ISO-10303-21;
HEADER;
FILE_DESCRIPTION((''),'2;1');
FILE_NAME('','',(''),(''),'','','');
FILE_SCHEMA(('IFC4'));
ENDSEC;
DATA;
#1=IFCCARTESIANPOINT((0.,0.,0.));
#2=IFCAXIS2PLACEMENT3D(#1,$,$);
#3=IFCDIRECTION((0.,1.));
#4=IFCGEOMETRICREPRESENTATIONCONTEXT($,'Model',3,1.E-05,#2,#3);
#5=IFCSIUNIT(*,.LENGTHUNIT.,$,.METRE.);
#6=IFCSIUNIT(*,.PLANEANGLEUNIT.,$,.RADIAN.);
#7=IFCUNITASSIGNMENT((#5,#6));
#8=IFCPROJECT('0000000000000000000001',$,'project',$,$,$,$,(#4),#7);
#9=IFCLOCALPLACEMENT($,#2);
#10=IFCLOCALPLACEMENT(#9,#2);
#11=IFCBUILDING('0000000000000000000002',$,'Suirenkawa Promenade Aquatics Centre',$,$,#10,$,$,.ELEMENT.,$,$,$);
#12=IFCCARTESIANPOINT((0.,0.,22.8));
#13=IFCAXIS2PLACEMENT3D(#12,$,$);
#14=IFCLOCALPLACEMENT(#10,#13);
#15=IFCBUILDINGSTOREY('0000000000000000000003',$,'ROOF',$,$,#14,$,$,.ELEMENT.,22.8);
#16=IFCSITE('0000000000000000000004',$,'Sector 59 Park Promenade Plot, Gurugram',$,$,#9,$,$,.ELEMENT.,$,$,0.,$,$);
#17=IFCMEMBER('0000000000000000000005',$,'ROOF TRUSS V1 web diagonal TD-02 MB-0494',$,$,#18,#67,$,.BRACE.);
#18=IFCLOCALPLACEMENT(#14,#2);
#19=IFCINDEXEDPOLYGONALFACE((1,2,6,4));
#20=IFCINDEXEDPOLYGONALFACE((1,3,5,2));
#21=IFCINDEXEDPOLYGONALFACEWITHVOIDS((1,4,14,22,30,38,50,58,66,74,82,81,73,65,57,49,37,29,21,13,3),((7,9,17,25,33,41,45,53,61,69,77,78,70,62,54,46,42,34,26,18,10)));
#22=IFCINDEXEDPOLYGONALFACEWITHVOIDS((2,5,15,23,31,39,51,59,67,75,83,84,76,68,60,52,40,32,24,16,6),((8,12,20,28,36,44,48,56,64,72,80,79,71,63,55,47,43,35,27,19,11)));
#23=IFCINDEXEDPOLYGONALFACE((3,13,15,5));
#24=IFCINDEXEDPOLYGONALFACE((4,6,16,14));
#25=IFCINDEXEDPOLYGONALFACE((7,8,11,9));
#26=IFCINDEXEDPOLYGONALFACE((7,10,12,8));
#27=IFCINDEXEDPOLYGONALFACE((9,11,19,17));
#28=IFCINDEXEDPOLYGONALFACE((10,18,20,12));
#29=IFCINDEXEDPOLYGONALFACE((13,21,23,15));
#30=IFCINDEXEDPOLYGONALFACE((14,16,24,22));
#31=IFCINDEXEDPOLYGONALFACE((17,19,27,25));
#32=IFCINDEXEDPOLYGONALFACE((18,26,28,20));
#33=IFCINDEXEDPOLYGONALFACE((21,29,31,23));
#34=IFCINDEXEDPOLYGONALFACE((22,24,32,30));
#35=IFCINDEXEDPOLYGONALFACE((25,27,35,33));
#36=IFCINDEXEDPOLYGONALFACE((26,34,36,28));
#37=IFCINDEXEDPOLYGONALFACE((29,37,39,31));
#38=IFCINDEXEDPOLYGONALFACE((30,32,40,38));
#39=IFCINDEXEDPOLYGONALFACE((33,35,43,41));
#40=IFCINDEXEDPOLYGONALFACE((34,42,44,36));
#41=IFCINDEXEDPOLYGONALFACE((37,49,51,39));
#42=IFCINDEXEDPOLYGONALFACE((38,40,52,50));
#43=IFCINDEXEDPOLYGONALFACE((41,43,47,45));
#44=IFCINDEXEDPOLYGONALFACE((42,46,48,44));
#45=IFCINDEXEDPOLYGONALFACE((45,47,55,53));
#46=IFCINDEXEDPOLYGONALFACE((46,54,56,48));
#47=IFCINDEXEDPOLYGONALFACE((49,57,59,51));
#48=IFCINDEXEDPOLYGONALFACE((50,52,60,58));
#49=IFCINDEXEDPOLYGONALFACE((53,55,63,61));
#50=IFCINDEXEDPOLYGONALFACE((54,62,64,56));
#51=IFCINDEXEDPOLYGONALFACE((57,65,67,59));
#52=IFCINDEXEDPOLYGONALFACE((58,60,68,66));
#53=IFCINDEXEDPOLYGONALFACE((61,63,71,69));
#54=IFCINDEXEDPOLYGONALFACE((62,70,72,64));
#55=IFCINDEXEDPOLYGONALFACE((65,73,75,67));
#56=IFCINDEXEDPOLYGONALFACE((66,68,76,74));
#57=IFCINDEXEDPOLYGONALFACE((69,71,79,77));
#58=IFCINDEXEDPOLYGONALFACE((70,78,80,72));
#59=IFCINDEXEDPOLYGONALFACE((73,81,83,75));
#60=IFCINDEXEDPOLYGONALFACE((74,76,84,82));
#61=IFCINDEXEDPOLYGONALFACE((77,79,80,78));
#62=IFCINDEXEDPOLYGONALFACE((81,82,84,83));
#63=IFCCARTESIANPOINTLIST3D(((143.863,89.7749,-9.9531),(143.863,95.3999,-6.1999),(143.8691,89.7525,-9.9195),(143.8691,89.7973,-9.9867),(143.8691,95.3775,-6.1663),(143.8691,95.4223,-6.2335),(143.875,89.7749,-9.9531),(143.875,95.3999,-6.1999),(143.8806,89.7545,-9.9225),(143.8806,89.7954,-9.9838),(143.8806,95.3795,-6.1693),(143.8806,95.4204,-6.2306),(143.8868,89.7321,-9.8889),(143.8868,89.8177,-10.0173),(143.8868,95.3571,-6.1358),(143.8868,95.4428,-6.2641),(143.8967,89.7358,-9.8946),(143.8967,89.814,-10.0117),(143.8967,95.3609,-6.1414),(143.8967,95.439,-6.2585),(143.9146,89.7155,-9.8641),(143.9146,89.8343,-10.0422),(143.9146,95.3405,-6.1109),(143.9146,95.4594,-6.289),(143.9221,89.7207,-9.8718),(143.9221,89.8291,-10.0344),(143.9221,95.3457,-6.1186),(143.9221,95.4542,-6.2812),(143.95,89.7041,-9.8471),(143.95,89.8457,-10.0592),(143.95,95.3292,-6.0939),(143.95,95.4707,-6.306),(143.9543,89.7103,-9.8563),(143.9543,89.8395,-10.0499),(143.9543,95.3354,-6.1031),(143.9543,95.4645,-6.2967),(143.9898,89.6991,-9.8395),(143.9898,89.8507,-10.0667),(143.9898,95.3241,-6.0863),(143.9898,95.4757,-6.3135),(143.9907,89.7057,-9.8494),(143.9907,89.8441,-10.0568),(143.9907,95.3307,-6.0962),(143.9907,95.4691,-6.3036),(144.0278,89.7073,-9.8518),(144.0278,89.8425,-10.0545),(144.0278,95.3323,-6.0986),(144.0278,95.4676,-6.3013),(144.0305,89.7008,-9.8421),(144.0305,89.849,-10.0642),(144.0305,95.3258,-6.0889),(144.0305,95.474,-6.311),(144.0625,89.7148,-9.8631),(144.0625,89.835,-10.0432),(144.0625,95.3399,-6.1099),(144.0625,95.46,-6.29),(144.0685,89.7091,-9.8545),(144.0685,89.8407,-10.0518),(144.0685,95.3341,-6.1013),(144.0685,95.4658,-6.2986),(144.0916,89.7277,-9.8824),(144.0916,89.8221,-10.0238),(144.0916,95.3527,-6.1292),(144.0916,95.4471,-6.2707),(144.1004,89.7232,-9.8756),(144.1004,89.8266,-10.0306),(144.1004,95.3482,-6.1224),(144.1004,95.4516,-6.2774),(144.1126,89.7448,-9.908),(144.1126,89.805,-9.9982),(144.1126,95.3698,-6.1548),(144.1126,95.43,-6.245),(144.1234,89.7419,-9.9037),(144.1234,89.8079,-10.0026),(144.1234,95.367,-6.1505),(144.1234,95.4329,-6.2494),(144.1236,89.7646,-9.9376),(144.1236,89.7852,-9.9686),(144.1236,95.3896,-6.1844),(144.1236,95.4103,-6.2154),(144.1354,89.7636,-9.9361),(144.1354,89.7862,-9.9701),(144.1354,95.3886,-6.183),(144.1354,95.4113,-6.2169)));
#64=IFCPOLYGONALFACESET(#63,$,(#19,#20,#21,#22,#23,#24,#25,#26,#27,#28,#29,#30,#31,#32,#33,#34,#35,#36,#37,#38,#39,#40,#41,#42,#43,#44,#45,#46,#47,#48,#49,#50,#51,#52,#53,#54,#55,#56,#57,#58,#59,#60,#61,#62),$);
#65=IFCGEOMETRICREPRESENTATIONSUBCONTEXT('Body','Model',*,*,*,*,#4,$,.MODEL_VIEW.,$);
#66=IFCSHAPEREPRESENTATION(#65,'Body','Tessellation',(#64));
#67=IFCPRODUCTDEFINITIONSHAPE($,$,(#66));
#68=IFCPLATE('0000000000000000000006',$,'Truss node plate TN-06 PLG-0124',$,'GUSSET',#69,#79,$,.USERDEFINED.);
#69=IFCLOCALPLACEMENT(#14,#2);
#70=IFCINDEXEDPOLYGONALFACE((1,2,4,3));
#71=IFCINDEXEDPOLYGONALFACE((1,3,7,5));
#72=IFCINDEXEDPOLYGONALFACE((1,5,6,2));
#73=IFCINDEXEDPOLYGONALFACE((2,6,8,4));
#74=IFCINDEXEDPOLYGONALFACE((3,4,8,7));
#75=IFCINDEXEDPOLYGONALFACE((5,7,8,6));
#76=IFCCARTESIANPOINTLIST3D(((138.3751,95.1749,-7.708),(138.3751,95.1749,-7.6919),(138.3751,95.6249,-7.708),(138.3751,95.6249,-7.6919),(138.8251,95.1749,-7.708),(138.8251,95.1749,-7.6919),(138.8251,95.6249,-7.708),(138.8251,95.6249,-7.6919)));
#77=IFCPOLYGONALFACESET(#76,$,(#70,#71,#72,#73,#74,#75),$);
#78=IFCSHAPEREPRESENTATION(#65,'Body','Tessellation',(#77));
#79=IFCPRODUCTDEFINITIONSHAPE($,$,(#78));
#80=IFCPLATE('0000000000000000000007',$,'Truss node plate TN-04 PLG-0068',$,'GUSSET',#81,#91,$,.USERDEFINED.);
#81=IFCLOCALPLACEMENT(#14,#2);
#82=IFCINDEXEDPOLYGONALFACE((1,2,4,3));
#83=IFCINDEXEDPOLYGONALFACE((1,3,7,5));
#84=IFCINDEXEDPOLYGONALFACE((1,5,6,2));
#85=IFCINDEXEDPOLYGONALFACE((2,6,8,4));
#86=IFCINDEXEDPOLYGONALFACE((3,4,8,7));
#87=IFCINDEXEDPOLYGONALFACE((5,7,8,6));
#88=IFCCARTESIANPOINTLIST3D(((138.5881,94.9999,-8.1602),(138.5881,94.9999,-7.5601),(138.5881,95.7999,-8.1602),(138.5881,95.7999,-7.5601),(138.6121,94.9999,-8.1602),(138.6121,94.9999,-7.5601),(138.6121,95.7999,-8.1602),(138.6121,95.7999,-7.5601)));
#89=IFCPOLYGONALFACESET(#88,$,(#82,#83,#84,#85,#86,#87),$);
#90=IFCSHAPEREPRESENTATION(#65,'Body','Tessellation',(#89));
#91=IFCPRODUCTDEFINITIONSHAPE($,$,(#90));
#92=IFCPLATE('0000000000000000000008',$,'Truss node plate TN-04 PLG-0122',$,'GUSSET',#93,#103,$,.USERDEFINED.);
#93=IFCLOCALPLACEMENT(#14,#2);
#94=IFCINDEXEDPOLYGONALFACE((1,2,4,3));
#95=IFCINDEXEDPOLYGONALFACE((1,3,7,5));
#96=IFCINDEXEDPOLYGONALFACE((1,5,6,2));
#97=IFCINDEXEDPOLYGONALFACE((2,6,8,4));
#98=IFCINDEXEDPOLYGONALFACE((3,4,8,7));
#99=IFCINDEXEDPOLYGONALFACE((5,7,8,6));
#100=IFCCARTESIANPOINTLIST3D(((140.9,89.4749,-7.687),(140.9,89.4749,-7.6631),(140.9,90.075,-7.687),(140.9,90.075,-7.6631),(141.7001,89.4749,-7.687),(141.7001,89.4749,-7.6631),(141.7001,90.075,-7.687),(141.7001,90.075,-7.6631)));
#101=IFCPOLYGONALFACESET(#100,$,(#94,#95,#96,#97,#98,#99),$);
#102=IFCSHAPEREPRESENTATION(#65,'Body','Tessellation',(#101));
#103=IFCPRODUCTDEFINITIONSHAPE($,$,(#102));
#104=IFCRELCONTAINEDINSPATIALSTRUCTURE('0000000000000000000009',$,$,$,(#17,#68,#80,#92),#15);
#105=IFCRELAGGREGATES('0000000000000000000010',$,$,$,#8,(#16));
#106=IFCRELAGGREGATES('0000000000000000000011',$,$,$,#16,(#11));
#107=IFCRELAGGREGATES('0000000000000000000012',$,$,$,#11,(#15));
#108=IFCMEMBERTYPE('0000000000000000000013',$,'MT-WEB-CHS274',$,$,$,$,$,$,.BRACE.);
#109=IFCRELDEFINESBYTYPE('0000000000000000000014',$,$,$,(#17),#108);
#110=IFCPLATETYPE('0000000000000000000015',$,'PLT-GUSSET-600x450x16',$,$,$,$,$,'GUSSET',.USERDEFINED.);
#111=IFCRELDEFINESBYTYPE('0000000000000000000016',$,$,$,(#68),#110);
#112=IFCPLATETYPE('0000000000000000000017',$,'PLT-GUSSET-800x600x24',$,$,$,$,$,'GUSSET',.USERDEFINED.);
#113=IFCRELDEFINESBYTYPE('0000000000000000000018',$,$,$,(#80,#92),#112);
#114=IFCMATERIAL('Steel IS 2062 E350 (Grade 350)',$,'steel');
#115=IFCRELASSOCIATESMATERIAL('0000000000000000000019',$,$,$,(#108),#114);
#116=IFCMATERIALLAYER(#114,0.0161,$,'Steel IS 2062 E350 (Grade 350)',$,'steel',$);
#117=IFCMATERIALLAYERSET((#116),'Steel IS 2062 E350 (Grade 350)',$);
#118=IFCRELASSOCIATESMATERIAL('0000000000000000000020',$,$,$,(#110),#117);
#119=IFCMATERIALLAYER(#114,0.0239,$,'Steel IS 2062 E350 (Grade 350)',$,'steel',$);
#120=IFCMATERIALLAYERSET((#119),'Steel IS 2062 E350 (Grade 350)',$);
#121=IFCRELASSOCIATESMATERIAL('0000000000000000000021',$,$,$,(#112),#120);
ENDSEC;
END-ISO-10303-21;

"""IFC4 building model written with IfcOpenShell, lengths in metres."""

from ifc_helpers import new_model, si_unit, direction, frame, origin, origin_2d, place, context, subcontext, project, spatial, rectangle, hollow_circle, extrude, material, layer, layer_set, material_profile, profile_set, type_object, element, save


model = new_model("IFC4")

# Units and contexts
model_context = context("Model", 3, precision=1e-05, world=origin(), true_north=direction((0.0, 1.0)))
body_context = subcontext(model_context, "Body", "Model", "MODEL_VIEW")
ifc_project = project(units=[si_unit("LENGTHUNIT", "METRE"), si_unit("PLANEANGLEUNIT", "RADIAN")], contexts=[model_context])

# Site, building, storey
site_placement = place(None, origin())
site = spatial("IfcSite", under=ifc_project, at=site_placement, Name="Sector 59 Park Promenade Plot, Gurugram", CompositionType="ELEMENT", RefElevation=0.0)
building_placement = place(site_placement, origin())
building = spatial("IfcBuilding", under=site, at=building_placement, Name="Suirenkawa Promenade Aquatics Centre", CompositionType="ELEMENT")
storey_placement = place(building_placement, frame((0.0, 0.0, 22.8)))
storey = spatial("IfcBuildingStorey", under=building, at=storey_placement, Name="ROOF", CompositionType="ELEMENT", Elevation=22.8)

# Shared definitions
ifc_material = material(Name="Steel IS 2062 E350 (Grade 350)", Category="steel")

# Member
ifc_material_profile_1 = material_profile(ifc_material, hollow_circle(Radius=0.137, WallThickness=0.012, at=origin_2d()), Name="CHS 274x12", Category="steel")
ifc_profile_set_1 = profile_set([ifc_material_profile_1], Name="Steel IS 2062 E350 (Grade 350)")
member_type_1 = type_object("IfcMemberType", Name="MT-WEB-CHS274", PredefinedType="BRACE", material=ifc_profile_set_1)
member_1_placement = place(storey_placement, frame((144.0, 89.7749, -9.9531), z_axis=(0.0, 0.831834, 0.555025), x_axis=(-1.0, 0.0, 0.0)))
element("IfcMember", 1, at=member_1_placement, inside=storey, type_object=member_type_1, Name="ROOF TRUSS V1 web diagonal TD-02 MB-0494", PredefinedType="BRACE", context=body_context, shape_type="SweptSolid", body=[
    extrude(hollow_circle(Radius=0.137, WallThickness=0.012, at=origin_2d()), origin(), (0.0, 0.0, 1.0), 6.7622),
])

# Plates
ifc_layer_1 = layer(ifc_material, 0.0161, Name="Steel IS 2062 E350 (Grade 350)", Category="steel")
ifc_layer_set_1 = layer_set([ifc_layer_1], Name="Steel IS 2062 E350 (Grade 350)")
plate_type_1 = type_object("IfcPlateType", Name="PLT-GUSSET-600x450x16", ElementType="GUSSET", PredefinedType="USERDEFINED", material=ifc_layer_set_1)
plate_1_placement = place(storey_placement, frame((138.6001, 95.3999, -7.708), z_axis=(0.0, 0.0, 1.0), x_axis=(1.0, 0.0, 0.0)))
element("IfcPlate", 2, at=plate_1_placement, inside=storey, type_object=plate_type_1, Name="Truss node plate TN-06 PLG-0124", ObjectType="GUSSET", PredefinedType="USERDEFINED", context=body_context, shape_type="SweptSolid", body=[
    extrude(rectangle(XDim=0.45, YDim=0.45, at=origin_2d()), origin(), (0.0, 0.0, 1.0), 0.0161),
])
ifc_layer_2 = layer(ifc_material, 0.0239, Name="Steel IS 2062 E350 (Grade 350)", Category="steel")
ifc_layer_set_2 = layer_set([ifc_layer_2], Name="Steel IS 2062 E350 (Grade 350)")
plate_type_2 = type_object("IfcPlateType", Name="PLT-GUSSET-800x600x24", ElementType="GUSSET", PredefinedType="USERDEFINED", material=ifc_layer_set_2)
plate_2_placement = place(storey_placement, frame((138.6001, 95.3999, -8.1602), z_axis=(0.0, 0.0, 1.0), x_axis=(0.0, 1.0, 0.0)))
element("IfcPlate", 3, at=plate_2_placement, inside=storey, type_object=plate_type_2, Name="Truss node plate TN-04 PLG-0068", ObjectType="GUSSET", PredefinedType="USERDEFINED", context=body_context, shape_type="SweptSolid", body=[
    extrude(rectangle(XDim=0.8, YDim=0.0239, at=origin_2d()), origin(), (0.0, 0.0, 1.0), 0.6001),
])
plate_3_placement = place(storey_placement, frame((141.3, 89.7749, -7.687), z_axis=(0.0, 0.0, 1.0), x_axis=(1.0, 0.0, 0.0)))
element("IfcPlate", 4, at=plate_3_placement, inside=storey, type_object=plate_type_2, Name="Truss node plate TN-04 PLG-0122", ObjectType="GUSSET", PredefinedType="USERDEFINED", context=body_context, shape_type="SweptSolid", body=[
    extrude(rectangle(XDim=0.8, YDim=0.6001, at=origin_2d()), origin(), (0.0, 0.0, 1.0), 0.0239),
])

save(model, "model.ifc")
